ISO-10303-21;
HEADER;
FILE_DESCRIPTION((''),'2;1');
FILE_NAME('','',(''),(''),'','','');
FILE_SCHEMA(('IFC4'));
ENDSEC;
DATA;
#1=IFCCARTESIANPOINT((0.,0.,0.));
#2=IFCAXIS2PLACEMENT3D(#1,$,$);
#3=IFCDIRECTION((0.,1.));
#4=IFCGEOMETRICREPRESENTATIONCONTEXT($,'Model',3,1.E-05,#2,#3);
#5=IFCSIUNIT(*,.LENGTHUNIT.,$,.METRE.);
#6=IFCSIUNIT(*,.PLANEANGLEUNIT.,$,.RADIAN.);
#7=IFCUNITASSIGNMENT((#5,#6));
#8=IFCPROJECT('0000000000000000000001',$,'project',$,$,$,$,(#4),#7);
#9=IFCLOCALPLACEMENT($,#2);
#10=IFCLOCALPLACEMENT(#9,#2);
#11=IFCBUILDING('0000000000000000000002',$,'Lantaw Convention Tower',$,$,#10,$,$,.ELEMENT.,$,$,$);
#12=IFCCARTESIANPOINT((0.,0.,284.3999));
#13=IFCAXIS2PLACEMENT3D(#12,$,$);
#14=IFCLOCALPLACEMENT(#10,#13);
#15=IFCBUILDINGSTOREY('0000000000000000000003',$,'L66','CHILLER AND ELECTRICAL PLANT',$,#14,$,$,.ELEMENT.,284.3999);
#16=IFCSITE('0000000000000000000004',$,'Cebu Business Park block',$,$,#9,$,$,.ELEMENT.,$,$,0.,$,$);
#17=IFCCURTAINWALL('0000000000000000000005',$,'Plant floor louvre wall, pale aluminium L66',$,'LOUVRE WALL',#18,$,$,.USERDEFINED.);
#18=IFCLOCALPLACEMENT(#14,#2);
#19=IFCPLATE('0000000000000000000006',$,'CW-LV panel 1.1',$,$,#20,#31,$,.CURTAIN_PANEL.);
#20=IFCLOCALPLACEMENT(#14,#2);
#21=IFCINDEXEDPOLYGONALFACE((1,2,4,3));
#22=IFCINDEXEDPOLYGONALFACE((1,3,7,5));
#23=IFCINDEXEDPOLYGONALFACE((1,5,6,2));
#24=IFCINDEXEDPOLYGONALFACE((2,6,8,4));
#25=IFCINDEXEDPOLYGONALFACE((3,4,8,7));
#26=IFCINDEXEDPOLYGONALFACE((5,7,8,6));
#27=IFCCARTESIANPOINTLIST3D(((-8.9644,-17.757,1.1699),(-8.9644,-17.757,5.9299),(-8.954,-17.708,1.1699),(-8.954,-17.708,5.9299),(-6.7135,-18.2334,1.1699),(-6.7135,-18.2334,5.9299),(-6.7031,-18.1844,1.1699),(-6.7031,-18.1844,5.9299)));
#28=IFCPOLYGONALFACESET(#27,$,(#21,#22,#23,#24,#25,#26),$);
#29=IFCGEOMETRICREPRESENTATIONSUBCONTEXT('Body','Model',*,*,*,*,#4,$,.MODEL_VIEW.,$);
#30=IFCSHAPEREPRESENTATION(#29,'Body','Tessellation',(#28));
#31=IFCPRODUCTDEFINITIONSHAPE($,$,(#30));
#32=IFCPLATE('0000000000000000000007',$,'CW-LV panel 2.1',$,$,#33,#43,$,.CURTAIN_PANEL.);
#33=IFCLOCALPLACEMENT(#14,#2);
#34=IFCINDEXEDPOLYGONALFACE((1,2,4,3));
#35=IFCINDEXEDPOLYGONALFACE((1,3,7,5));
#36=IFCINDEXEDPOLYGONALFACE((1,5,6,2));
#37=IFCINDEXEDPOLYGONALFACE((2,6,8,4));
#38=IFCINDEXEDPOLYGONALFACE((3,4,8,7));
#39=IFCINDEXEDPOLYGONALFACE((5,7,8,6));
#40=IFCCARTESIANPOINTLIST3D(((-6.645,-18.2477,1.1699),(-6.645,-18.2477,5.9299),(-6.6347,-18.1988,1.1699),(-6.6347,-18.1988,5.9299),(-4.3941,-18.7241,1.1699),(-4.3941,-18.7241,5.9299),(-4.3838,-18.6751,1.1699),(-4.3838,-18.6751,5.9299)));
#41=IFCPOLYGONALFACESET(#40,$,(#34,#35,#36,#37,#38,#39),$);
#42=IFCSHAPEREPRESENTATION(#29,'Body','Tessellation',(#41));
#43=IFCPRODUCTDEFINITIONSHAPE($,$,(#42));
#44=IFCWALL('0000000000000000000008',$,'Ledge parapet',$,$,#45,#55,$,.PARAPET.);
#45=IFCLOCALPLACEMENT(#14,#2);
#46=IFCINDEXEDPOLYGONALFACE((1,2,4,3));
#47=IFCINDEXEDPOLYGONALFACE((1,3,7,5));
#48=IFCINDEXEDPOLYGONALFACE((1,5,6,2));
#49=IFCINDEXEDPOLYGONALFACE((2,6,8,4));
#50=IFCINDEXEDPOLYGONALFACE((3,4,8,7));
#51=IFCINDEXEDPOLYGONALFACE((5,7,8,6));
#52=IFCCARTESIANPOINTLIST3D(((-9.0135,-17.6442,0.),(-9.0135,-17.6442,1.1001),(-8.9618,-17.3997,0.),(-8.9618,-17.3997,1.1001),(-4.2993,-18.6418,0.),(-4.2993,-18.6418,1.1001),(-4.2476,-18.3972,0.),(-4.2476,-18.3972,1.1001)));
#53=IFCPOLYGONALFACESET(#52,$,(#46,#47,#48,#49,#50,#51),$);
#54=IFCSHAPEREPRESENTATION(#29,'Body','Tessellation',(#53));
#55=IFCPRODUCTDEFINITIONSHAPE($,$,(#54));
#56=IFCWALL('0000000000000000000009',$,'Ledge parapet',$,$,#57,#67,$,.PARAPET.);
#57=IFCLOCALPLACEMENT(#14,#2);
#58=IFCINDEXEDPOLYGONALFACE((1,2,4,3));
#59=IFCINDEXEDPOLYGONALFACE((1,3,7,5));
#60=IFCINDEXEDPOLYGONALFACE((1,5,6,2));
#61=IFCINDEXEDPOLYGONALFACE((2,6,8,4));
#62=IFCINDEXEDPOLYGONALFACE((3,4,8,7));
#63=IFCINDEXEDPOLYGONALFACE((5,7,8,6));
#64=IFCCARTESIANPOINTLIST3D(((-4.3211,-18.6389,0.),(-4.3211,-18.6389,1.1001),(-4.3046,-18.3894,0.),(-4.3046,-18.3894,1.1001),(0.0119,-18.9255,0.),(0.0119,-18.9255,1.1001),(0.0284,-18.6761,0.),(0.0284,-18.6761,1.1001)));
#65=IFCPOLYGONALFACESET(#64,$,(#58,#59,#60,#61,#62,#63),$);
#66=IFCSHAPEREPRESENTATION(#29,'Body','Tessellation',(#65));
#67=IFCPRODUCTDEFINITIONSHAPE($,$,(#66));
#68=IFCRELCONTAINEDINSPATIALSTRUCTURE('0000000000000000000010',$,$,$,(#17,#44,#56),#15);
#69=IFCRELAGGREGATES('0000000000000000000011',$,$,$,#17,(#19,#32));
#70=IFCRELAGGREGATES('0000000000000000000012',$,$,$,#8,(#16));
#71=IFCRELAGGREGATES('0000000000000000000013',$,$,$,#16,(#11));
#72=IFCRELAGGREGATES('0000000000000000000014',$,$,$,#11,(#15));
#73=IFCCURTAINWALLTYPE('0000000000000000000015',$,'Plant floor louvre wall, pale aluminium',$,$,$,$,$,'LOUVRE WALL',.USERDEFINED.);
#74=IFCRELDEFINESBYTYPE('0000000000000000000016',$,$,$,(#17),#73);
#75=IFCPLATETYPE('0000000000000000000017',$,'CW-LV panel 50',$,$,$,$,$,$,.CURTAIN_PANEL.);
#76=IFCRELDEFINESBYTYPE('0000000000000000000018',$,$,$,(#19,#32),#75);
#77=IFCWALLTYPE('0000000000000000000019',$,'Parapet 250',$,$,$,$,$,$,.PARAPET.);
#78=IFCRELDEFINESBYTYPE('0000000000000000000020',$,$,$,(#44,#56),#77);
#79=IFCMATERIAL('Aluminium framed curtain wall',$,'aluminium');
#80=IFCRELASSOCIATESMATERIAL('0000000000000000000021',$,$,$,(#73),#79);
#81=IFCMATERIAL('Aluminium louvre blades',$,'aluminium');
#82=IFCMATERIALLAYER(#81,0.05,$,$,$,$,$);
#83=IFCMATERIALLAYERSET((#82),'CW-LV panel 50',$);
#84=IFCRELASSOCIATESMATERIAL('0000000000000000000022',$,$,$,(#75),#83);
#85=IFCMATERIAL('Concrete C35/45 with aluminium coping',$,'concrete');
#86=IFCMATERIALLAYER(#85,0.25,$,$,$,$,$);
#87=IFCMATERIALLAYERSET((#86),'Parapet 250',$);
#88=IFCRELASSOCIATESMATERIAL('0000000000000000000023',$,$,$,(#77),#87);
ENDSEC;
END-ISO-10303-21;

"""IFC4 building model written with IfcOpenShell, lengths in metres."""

from ifc_helpers import new_model, si_unit, direction, frame, frame_2d, origin, origin_2d, place, context, subcontext, project, spatial, rectangle, extrude, material, layer, layer_set, type_object, element, aggregate, save


model = new_model("IFC4")

# Units and contexts
model_context = context("Model", 3, precision=1e-05, world=origin(), true_north=direction((0.0, 1.0)))
body_context = subcontext(model_context, "Body", "Model", "MODEL_VIEW")
ifc_project = project(units=[si_unit("LENGTHUNIT", "METRE"), si_unit("PLANEANGLEUNIT", "RADIAN")], contexts=[model_context])

# Site, building, storey
site_placement = place(None, origin())
site = spatial("IfcSite", under=ifc_project, at=site_placement, Name="Cebu Business Park block", CompositionType="ELEMENT", RefElevation=0.0)
building_placement = place(site_placement, origin())
building = spatial("IfcBuilding", under=site, at=building_placement, Name="Lantaw Convention Tower", CompositionType="ELEMENT")
storey_placement = place(building_placement, frame((0.0, 0.0, 284.3999)))
storey = spatial("IfcBuildingStorey", under=building, at=storey_placement, Name="L66", Description="CHILLER AND ELECTRICAL PLANT", CompositionType="ELEMENT", Elevation=284.3999)

# Curtain wall
ifc_material_1 = material(Name="Aluminium framed curtain wall", Category="aluminium")
curtain_wall_type = type_object("IfcCurtainWallType", Name="Plant floor louvre wall, pale aluminium", ElementType="LOUVRE WALL", PredefinedType="USERDEFINED", material=ifc_material_1)
curtain_wall_1_placement = place(storey_placement, origin())
curtain_wall_1 = element("IfcCurtainWall", 1, at=curtain_wall_1_placement, inside=storey, type_object=curtain_wall_type, Name="Plant floor louvre wall, pale aluminium L66", ObjectType="LOUVRE WALL", PredefinedType="USERDEFINED")

# Plates
ifc_material_2 = material(Name="Aluminium louvre blades", Category="aluminium")
ifc_layer_1 = layer(ifc_material_2, 0.05)
ifc_layer_set_1 = layer_set([ifc_layer_1], Name="CW-LV panel 50")
plate_type = type_object("IfcPlateType", Name="CW-LV panel 50", PredefinedType="CURTAIN_PANEL", material=ifc_layer_set_1)
plate_1_placement = place(storey_placement, frame((-7.8337, -17.9707, 1.1699), z_axis=(0.0, 0.0, 1.0), x_axis=(0.978332, -0.20704, 0.0)))
plate_1 = element("IfcPlate", 2, at=plate_1_placement, type_object=plate_type, Name="CW-LV panel 1.1", PredefinedType="CURTAIN_PANEL", context=body_context, shape_type="SweptSolid", body=[
    extrude(rectangle(XDim=2.3008, YDim=0.05, at=origin_2d()), origin(), (0.0, 0.0, 1.0), 4.76),
])
plate_2_placement = place(storey_placement, frame((-5.5144, -18.4614, 1.1699), z_axis=(0.0, 0.0, 1.0), x_axis=(0.978332, -0.20704, 0.0)))
plate_2 = element("IfcPlate", 3, at=plate_2_placement, type_object=plate_type, Name="CW-LV panel 2.1", PredefinedType="CURTAIN_PANEL", context=body_context, shape_type="SweptSolid", body=[
    extrude(rectangle(XDim=2.3008, YDim=0.05, at=origin_2d()), origin(), (0.0, 0.0, 1.0), 4.76),
])
aggregate(curtain_wall_1, [plate_1, plate_2])

# Walls
ifc_material_3 = material(Name="Concrete C35/45 with aluminium coping", Category="concrete")
ifc_layer_2 = layer(ifc_material_3, 0.25)
ifc_layer_set_2 = layer_set([ifc_layer_2], Name="Parapet 250")
wall_type = type_object("IfcWallType", Name="Parapet 250", PredefinedType="PARAPET", material=ifc_layer_set_2)
wall_1_placement = place(storey_placement, frame((-8.9875, -17.522, 0.0), z_axis=(0.0, 0.0, 1.0), x_axis=(0.978335, -0.207027, 0.0)))
element("IfcWall", 4, at=wall_1_placement, inside=storey, type_object=wall_type, Name="Ledge parapet", PredefinedType="PARAPET", context=body_context, shape_type="SweptSolid", body=[
    extrude(rectangle(XDim=4.8186, YDim=0.25, at=frame_2d((2.4092, 0.0))), origin(), (0.0, 0.0, 1.0), 1.1001),
])
wall_2_placement = place(storey_placement, frame((-4.313, -18.5142, 0.0), z_axis=(0.0, 0.0, 1.0), x_axis=(0.997819, -0.066004, 0.0)))
element("IfcWall", 5, at=wall_2_placement, inside=storey, type_object=wall_type, Name="Ledge parapet", PredefinedType="PARAPET", context=body_context, shape_type="SweptSolid", body=[
    extrude(rectangle(XDim=4.3425, YDim=0.25, at=frame_2d((2.1714, 0.0))), origin(), (0.0, 0.0, 1.0), 1.1001),
])

save(model, "model.ifc")
